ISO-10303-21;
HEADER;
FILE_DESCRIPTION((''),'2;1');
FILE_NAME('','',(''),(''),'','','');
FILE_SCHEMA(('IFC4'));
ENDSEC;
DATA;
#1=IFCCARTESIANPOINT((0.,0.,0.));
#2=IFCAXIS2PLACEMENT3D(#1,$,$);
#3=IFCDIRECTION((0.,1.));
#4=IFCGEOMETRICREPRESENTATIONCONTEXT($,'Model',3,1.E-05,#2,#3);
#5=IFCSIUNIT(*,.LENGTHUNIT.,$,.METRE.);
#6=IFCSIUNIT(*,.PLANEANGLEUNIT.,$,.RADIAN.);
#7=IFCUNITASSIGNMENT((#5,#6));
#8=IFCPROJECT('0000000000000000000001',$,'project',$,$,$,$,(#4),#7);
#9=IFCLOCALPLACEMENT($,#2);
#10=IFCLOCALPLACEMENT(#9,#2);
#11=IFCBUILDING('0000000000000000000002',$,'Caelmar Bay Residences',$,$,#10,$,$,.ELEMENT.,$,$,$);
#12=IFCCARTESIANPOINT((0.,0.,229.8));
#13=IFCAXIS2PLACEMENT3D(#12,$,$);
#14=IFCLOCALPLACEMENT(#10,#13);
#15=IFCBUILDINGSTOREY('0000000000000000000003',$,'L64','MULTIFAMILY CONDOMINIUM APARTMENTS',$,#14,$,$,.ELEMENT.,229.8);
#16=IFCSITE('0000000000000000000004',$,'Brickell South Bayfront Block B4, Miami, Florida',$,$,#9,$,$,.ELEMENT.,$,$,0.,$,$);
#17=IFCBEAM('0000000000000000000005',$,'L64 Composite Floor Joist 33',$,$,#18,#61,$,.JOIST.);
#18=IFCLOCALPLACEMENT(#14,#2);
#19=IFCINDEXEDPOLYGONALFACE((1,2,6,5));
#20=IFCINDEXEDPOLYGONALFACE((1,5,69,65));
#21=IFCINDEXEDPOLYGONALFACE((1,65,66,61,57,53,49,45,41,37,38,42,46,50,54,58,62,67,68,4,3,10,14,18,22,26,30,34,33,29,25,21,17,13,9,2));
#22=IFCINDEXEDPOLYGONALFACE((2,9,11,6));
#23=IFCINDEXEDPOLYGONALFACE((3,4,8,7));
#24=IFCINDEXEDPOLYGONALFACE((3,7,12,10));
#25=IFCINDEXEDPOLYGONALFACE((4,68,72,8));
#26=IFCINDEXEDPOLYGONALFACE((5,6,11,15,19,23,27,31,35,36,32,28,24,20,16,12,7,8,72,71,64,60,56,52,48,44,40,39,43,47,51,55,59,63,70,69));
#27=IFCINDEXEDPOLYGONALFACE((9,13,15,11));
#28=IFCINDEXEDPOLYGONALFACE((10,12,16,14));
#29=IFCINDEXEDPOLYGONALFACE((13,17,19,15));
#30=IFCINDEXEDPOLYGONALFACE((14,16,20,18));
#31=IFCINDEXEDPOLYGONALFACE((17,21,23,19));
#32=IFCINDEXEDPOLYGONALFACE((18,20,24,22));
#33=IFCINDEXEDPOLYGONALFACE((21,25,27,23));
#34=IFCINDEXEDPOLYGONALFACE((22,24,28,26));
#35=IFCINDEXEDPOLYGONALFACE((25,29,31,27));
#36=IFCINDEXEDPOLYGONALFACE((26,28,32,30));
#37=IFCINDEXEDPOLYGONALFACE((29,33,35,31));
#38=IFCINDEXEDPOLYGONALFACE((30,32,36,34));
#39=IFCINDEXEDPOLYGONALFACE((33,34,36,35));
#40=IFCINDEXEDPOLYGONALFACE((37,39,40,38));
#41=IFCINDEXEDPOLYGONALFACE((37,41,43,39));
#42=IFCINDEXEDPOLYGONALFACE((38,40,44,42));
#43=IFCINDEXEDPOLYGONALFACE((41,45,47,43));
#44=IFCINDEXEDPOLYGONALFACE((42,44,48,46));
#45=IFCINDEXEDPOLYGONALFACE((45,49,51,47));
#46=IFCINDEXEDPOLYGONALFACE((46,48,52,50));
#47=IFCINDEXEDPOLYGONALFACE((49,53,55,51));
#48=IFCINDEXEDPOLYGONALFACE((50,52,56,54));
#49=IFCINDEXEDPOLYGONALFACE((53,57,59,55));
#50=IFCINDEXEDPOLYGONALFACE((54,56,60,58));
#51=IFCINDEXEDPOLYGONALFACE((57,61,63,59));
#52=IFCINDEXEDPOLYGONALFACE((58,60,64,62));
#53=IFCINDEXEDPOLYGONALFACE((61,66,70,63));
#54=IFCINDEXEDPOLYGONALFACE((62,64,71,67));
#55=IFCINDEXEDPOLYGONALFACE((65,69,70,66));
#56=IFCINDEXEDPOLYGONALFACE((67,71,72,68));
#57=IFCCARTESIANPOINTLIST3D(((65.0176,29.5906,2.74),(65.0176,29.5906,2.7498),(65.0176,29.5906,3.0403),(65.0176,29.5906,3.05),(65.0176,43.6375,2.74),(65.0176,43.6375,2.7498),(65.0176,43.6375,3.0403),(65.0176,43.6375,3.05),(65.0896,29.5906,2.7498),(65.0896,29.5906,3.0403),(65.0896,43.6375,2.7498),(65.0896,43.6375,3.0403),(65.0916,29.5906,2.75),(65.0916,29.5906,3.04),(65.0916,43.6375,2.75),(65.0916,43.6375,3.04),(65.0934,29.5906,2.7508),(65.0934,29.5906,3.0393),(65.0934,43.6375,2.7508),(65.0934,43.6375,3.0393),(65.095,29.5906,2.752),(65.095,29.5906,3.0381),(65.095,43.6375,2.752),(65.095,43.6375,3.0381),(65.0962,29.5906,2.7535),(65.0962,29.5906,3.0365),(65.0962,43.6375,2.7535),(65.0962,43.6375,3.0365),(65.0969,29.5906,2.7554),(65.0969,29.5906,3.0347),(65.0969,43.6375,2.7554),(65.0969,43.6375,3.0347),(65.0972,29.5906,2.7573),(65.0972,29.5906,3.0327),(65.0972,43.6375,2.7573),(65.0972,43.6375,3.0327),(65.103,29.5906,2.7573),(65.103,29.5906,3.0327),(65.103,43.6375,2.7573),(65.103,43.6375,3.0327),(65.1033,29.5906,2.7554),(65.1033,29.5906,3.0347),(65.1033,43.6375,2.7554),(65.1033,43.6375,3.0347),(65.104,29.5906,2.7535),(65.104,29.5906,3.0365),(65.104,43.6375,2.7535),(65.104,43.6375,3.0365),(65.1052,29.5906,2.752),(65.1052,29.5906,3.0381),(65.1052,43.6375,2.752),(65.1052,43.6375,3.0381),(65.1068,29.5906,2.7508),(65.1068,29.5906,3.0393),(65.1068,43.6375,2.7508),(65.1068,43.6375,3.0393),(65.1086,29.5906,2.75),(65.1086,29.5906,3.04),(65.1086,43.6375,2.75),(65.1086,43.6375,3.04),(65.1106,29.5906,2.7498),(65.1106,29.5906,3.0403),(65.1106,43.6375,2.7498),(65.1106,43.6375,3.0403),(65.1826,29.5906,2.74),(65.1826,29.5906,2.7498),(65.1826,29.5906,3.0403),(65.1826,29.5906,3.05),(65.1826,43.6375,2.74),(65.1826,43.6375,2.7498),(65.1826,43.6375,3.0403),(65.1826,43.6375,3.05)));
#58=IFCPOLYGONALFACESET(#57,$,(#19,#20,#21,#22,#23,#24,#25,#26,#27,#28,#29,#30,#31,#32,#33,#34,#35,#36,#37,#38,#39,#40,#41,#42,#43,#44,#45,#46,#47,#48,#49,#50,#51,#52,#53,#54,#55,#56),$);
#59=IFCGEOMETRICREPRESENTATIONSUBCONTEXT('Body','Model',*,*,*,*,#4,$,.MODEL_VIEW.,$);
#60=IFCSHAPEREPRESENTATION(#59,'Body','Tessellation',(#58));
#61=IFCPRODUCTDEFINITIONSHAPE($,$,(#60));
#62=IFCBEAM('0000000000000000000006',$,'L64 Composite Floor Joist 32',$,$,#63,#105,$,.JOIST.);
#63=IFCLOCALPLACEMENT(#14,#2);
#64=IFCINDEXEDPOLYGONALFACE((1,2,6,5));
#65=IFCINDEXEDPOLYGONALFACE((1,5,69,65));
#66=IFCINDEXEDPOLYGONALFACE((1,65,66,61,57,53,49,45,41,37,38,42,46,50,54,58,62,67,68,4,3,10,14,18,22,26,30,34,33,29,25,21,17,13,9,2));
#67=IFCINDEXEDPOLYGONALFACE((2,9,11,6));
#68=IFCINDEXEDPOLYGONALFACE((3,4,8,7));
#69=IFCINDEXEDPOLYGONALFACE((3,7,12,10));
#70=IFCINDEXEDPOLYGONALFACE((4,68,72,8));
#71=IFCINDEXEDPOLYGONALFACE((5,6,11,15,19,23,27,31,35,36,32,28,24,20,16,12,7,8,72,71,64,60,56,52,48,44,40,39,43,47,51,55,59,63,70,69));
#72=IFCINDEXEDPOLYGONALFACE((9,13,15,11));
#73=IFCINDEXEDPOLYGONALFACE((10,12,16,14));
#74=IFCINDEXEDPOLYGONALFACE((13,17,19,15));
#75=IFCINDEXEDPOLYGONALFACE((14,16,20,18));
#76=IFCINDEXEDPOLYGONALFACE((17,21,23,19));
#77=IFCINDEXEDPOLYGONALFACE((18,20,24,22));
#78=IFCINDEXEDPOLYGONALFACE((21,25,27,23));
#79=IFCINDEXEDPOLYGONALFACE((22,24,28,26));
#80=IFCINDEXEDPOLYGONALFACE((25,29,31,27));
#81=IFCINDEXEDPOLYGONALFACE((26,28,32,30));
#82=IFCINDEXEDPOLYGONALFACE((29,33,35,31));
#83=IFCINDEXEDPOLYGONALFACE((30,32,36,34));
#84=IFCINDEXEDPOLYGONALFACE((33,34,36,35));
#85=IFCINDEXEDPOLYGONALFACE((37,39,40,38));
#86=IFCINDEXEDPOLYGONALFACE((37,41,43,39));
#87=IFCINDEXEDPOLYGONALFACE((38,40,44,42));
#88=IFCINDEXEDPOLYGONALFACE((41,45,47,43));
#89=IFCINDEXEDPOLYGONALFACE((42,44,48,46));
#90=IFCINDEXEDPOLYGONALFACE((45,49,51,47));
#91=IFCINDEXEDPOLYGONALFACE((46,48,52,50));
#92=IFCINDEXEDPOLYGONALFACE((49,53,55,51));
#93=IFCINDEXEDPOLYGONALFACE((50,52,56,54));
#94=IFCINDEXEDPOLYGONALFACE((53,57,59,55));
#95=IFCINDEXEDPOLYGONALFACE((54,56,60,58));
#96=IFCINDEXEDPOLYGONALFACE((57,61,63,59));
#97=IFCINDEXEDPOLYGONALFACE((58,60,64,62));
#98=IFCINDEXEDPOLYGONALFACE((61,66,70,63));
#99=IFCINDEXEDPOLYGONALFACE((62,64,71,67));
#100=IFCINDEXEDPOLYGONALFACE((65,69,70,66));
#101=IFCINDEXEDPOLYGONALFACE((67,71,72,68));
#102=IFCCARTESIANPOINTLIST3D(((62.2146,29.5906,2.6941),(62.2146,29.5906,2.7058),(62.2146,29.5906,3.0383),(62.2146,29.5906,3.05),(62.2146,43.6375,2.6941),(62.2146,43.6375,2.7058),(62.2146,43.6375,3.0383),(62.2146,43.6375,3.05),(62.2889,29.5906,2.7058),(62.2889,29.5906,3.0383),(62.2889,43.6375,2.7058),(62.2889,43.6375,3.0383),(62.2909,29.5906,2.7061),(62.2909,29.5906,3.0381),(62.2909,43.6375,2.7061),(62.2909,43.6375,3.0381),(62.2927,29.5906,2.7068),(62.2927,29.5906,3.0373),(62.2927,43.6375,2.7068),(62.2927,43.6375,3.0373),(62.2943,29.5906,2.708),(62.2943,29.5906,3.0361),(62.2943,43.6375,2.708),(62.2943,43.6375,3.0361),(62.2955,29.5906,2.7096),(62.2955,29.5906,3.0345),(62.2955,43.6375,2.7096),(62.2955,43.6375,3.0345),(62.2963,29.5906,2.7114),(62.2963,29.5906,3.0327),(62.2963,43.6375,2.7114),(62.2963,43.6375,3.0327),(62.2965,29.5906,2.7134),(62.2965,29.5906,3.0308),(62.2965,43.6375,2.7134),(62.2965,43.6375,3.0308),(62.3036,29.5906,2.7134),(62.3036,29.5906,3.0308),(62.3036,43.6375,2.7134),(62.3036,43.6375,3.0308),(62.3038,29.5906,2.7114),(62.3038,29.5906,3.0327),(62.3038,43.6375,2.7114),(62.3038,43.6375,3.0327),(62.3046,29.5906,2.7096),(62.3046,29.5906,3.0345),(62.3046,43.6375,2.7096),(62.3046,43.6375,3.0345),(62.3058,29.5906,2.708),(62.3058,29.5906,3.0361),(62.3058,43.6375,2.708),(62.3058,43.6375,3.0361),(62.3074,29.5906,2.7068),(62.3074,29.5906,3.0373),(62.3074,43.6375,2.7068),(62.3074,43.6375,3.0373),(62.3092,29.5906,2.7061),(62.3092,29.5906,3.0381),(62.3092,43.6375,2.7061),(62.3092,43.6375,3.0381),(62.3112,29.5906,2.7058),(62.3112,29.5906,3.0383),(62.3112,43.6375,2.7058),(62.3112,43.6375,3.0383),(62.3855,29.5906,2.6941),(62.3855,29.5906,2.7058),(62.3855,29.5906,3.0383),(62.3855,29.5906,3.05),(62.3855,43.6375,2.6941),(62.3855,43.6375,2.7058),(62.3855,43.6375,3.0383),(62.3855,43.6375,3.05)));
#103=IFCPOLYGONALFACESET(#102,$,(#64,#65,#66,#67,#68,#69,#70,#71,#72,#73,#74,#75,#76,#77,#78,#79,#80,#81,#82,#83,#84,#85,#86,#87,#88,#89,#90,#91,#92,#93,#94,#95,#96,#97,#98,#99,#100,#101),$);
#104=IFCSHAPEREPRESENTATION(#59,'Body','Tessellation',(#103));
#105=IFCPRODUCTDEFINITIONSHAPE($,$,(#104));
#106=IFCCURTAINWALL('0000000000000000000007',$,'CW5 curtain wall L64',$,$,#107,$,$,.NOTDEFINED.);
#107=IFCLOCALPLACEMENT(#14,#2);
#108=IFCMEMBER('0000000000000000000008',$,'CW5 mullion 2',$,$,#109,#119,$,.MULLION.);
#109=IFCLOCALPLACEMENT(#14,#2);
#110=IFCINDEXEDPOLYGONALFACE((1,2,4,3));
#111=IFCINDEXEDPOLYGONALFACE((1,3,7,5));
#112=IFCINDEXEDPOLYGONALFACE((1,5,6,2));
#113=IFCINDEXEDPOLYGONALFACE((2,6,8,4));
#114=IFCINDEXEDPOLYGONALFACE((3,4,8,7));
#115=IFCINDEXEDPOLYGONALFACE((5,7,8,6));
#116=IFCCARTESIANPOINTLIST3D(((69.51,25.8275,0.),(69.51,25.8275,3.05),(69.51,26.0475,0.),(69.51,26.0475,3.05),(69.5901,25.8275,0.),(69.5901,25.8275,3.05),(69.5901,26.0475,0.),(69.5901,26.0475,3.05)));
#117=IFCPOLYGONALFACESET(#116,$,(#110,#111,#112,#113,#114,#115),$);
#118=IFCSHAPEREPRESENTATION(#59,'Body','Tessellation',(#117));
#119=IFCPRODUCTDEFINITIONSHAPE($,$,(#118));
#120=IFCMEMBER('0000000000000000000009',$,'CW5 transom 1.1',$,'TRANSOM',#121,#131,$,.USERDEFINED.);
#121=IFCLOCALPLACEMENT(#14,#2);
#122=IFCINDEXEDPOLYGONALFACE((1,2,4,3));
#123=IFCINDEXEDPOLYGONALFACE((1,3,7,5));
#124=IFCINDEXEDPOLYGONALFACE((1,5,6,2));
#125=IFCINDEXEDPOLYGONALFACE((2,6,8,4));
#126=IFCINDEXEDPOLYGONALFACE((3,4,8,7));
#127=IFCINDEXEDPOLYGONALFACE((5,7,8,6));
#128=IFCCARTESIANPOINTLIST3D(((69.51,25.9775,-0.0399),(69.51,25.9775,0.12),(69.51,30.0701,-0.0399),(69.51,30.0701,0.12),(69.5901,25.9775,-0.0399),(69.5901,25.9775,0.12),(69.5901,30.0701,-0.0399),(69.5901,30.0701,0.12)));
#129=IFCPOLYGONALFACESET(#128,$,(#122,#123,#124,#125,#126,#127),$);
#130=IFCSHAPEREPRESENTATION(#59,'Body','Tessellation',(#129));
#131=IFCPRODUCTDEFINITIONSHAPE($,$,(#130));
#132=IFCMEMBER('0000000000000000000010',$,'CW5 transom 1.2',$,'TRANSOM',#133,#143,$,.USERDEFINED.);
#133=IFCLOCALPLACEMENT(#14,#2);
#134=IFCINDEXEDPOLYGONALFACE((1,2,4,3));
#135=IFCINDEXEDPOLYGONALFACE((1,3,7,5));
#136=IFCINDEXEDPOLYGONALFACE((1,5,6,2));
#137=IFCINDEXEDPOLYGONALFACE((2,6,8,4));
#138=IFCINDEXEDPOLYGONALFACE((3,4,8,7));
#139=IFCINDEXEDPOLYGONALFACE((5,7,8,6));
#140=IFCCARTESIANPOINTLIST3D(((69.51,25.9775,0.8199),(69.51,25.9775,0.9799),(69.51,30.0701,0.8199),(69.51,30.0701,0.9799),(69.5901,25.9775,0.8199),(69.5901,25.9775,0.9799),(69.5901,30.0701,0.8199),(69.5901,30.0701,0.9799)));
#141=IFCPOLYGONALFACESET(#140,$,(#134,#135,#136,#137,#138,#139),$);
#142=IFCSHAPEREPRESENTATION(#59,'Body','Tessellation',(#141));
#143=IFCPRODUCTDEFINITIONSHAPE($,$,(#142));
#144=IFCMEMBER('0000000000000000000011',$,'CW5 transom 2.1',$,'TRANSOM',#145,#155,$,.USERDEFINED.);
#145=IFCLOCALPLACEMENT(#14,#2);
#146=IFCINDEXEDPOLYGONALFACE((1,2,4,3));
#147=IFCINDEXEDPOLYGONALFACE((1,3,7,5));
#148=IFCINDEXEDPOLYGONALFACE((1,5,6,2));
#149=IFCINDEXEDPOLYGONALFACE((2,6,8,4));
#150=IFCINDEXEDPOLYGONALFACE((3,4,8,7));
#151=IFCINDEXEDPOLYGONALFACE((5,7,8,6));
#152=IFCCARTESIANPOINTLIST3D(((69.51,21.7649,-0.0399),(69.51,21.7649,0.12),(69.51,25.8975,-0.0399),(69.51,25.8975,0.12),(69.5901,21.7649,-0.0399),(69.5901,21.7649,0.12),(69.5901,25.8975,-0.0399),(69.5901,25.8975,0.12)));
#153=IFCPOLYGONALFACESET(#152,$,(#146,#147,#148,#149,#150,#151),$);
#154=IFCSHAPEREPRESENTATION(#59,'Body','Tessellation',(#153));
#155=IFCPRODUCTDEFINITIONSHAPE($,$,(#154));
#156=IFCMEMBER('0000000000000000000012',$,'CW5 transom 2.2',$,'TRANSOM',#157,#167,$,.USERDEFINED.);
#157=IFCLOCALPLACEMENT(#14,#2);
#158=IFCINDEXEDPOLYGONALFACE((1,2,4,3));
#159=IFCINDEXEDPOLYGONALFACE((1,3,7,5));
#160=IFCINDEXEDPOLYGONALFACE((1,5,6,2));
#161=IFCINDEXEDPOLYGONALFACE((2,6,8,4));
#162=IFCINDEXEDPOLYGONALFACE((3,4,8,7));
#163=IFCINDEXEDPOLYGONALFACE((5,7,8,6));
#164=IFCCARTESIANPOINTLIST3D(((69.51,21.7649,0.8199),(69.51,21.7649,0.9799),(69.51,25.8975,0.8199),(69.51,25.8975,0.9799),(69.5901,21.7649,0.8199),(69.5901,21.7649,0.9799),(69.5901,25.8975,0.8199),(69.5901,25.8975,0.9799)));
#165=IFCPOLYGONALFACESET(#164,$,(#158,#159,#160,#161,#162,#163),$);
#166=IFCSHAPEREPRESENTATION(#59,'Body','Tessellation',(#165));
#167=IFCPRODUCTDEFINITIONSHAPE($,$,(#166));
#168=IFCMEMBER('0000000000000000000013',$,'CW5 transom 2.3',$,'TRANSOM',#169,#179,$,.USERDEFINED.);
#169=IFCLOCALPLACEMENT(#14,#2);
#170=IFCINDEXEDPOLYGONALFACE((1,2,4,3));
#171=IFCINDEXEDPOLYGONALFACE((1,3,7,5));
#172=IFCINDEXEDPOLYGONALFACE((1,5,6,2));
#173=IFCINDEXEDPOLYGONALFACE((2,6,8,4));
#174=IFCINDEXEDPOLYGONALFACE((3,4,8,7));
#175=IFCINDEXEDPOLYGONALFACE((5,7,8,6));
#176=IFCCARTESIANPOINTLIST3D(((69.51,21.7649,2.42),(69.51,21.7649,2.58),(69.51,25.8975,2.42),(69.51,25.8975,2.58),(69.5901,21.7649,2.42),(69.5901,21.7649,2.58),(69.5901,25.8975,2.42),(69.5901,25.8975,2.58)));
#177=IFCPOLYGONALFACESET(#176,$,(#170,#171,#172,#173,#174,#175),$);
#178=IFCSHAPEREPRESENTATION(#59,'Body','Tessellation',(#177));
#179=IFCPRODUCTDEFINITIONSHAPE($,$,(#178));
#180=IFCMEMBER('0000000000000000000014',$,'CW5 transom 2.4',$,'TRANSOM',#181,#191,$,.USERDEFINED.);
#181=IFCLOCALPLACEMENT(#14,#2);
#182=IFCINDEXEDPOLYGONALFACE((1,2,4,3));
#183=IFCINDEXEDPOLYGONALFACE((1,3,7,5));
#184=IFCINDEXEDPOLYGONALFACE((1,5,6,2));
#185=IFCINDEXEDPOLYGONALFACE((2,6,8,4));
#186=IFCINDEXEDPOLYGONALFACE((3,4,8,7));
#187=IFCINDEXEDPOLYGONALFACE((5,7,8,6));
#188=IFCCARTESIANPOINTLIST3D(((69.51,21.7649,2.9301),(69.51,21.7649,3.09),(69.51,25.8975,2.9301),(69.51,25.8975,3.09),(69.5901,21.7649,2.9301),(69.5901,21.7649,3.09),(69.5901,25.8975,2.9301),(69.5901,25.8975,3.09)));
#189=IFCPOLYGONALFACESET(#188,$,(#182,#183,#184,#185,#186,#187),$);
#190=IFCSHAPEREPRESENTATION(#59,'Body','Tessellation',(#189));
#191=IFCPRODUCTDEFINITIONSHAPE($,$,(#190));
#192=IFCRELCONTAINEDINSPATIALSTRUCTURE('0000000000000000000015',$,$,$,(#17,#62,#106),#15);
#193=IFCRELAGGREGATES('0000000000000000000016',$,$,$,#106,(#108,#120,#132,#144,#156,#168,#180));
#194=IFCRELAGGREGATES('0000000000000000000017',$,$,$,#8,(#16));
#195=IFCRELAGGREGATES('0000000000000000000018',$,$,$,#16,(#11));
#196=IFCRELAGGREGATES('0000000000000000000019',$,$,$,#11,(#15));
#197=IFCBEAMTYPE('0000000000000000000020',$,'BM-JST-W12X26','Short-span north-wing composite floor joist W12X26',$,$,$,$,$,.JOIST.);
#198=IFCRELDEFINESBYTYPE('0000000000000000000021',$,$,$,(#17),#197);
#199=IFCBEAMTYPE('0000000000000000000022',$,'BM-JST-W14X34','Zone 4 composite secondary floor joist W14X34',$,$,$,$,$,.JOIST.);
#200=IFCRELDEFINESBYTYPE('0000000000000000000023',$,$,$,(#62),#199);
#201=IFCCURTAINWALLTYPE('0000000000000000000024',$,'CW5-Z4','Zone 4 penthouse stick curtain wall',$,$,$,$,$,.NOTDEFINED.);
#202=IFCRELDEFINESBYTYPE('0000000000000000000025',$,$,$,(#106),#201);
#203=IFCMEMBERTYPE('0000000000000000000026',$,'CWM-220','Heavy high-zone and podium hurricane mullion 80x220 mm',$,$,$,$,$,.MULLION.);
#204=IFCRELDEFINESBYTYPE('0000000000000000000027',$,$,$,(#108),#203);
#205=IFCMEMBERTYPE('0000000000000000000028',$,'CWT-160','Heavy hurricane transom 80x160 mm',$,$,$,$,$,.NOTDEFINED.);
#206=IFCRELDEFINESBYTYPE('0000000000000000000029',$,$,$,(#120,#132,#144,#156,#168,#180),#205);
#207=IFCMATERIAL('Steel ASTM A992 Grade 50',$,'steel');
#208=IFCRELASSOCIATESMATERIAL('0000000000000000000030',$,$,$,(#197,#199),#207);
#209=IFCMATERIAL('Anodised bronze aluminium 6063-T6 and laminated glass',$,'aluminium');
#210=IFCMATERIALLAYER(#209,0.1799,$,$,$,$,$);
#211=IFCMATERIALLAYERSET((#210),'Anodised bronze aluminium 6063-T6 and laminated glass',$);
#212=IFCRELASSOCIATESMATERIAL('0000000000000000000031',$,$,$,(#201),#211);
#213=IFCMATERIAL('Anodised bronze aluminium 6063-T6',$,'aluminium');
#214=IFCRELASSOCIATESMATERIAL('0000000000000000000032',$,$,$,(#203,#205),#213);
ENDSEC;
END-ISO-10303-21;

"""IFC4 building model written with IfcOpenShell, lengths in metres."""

from ifc_helpers import new_model, si_unit, direction, frame, origin, origin_2d, place, context, subcontext, project, spatial, rectangle, i_section, extrude, material, layer, layer_set, material_profile, profile_set, type_object, element, aggregate, save


model = new_model("IFC4")

# Units and contexts
model_context = context("Model", 3, precision=1e-05, world=origin(), true_north=direction((0.0, 1.0)))
body_context = subcontext(model_context, "Body", "Model", "MODEL_VIEW")
ifc_project = project(units=[si_unit("LENGTHUNIT", "METRE"), si_unit("PLANEANGLEUNIT", "RADIAN")], contexts=[model_context])

# Site, building, storey
site_placement = place(None, origin())
site = spatial("IfcSite", under=ifc_project, at=site_placement, Name="Brickell South Bayfront Block B4, Miami, Florida", CompositionType="ELEMENT", RefElevation=0.0)
building_placement = place(site_placement, origin())
building = spatial("IfcBuilding", under=site, at=building_placement, Name="Caelmar Bay Residences", CompositionType="ELEMENT")
storey_placement = place(building_placement, frame((0.0, 0.0, 229.8)))
storey = spatial("IfcBuildingStorey", under=building, at=storey_placement, Name="L64", Description="MULTIFAMILY CONDOMINIUM APARTMENTS", CompositionType="ELEMENT", Elevation=229.8)

# Beams
ifc_material_1 = material(Name="Steel ASTM A992 Grade 50", Category="steel")
ifc_material_profile_1 = material_profile(ifc_material_1, i_section(OverallWidth=0.165, OverallDepth=0.3101, WebThickness=0.0059, FlangeThickness=0.0098, FilletRadius=0.0076, at=origin_2d()), Name="W12X26")
ifc_profile_set_1 = profile_set([ifc_material_profile_1], Name="Steel ASTM A992 Grade 50")
beam_type_1 = type_object("IfcBeamType", Name="BM-JST-W12X26", Description="Short-span north-wing composite floor joist W12X26", PredefinedType="JOIST", material=ifc_profile_set_1)
beam_1_placement = place(storey_placement, frame((65.1001, 29.5906, 2.895), z_axis=(0.0, 1.0, 0.0), x_axis=(-1.0, 0.0, 0.0)))
element("IfcBeam", 1, at=beam_1_placement, inside=storey, type_object=beam_type_1, Name="L64 Composite Floor Joist 33", PredefinedType="JOIST", context=body_context, shape_type="SweptSolid", body=[
    extrude(i_section(OverallWidth=0.165, OverallDepth=0.3101, WebThickness=0.0059, FlangeThickness=0.0098, FilletRadius=0.0076, at=origin_2d()), origin(), (0.0, 0.0, 1.0), 14.0469),
])
ifc_material_profile_2 = material_profile(ifc_material_1, i_section(OverallWidth=0.1709, OverallDepth=0.356, WebThickness=0.0071, FlangeThickness=0.0117, FilletRadius=0.0076, at=origin_2d()), Name="W14X34")
ifc_profile_set_2 = profile_set([ifc_material_profile_2], Name="Steel ASTM A992 Grade 50")
beam_type_2 = type_object("IfcBeamType", Name="BM-JST-W14X34", Description="Zone 4 composite secondary floor joist W14X34", PredefinedType="JOIST", material=ifc_profile_set_2)
beam_2_placement = place(storey_placement, frame((62.3, 29.5906, 2.8721), z_axis=(0.0, 1.0, 0.0), x_axis=(-1.0, 0.0, 0.0)))
element("IfcBeam", 2, at=beam_2_placement, inside=storey, type_object=beam_type_2, Name="L64 Composite Floor Joist 32", PredefinedType="JOIST", context=body_context, shape_type="SweptSolid", body=[
    extrude(i_section(OverallWidth=0.1709, OverallDepth=0.356, WebThickness=0.0071, FlangeThickness=0.0117, FilletRadius=0.0076, at=origin_2d()), origin(), (0.0, 0.0, 1.0), 14.0469),
])

# Curtain wall, members
ifc_material_2 = material(Name="Anodised bronze aluminium 6063-T6 and laminated glass", Category="aluminium")
ifc_layer_1 = layer(ifc_material_2, 0.1799)
ifc_layer_set_1 = layer_set([ifc_layer_1], Name="Anodised bronze aluminium 6063-T6 and laminated glass")
curtain_wall_type = type_object("IfcCurtainWallType", Name="CW5-Z4", Description="Zone 4 penthouse stick curtain wall", PredefinedType="NOTDEFINED", material=ifc_layer_set_1)
curtain_wall_placement = place(storey_placement, origin())
curtain_wall = element("IfcCurtainWall", 3, at=curtain_wall_placement, inside=storey, type_object=curtain_wall_type, Name="CW5 curtain wall L64", PredefinedType="NOTDEFINED")
ifc_material_3 = material(Name="Anodised bronze aluminium 6063-T6", Category="aluminium")
ifc_material_profile_3 = material_profile(ifc_material_3, rectangle(XDim=0.0801, YDim=0.22, at=origin_2d()), Name="CWM-80X220")
ifc_profile_set_3 = profile_set([ifc_material_profile_3], Name="Anodised bronze aluminium 6063-T6")
member_type_1 = type_object("IfcMemberType", Name="CWM-220", Description="Heavy high-zone and podium hurricane mullion 80x220 mm", PredefinedType="MULLION", material=ifc_profile_set_3)
member_1_placement = place(storey_placement, frame((69.55, 25.9375, 0.0), z_axis=(0.0, 0.0, 1.0), x_axis=(1.0, 0.0, 0.0)))
member_1 = element("IfcMember", 4, at=member_1_placement, type_object=member_type_1, Name="CW5 mullion 2", PredefinedType="MULLION", context=body_context, shape_type="SweptSolid", body=[
    extrude(rectangle(XDim=0.0801, YDim=0.22, at=origin_2d()), origin(), (0.0, 0.0, 1.0), 3.05),
])
ifc_material_profile_4 = material_profile(ifc_material_3, rectangle(XDim=0.0801, YDim=0.1599, at=origin_2d()), Name="CWT-80X160")
ifc_profile_set_4 = profile_set([ifc_material_profile_4], Name="Anodised bronze aluminium 6063-T6")
member_type_2 = type_object("IfcMemberType", Name="CWT-160", Description="Heavy hurricane transom 80x160 mm", PredefinedType="NOTDEFINED", material=ifc_profile_set_4)
member_2_placement = place(storey_placement, frame((69.55, 30.0701, 0.04), z_axis=(0.0, -1.0, 0.0), x_axis=(1.0, 0.0, 0.0)))
member_2 = element("IfcMember", 5, at=member_2_placement, type_object=member_type_2, Name="CW5 transom 1.1", ObjectType="TRANSOM", PredefinedType="USERDEFINED", context=body_context, shape_type="SweptSolid", body=[
    extrude(rectangle(XDim=0.0801, YDim=0.1599, at=origin_2d()), origin(), (0.0, 0.0, 1.0), 4.0925),
])
member_3_placement = place(storey_placement, frame((69.55, 30.0701, 0.8999), z_axis=(0.0, -1.0, 0.0), x_axis=(1.0, 0.0, 0.0)))
member_3 = element("IfcMember", 6, at=member_3_placement, type_object=member_type_2, Name="CW5 transom 1.2", ObjectType="TRANSOM", PredefinedType="USERDEFINED", context=body_context, shape_type="SweptSolid", body=[
    extrude(rectangle(XDim=0.0801, YDim=0.1599, at=origin_2d()), origin(), (0.0, 0.0, 1.0), 4.0925),
])
member_4_placement = place(storey_placement, frame((69.55, 25.8975, 0.04), z_axis=(0.0, -1.0, 0.0), x_axis=(1.0, 0.0, 0.0)))
member_4 = element("IfcMember", 7, at=member_4_placement, type_object=member_type_2, Name="CW5 transom 2.1", ObjectType="TRANSOM", PredefinedType="USERDEFINED", context=body_context, shape_type="SweptSolid", body=[
    extrude(rectangle(XDim=0.0801, YDim=0.1599, at=origin_2d()), origin(), (0.0, 0.0, 1.0), 4.1326),
])
member_5_placement = place(storey_placement, frame((69.55, 25.8975, 0.8999), z_axis=(0.0, -1.0, 0.0), x_axis=(1.0, 0.0, 0.0)))
member_5 = element("IfcMember", 8, at=member_5_placement, type_object=member_type_2, Name="CW5 transom 2.2", ObjectType="TRANSOM", PredefinedType="USERDEFINED", context=body_context, shape_type="SweptSolid", body=[
    extrude(rectangle(XDim=0.0801, YDim=0.1599, at=origin_2d()), origin(), (0.0, 0.0, 1.0), 4.1326),
])
member_6_placement = place(storey_placement, frame((69.55, 25.8975, 2.5), z_axis=(0.0, -1.0, 0.0), x_axis=(1.0, 0.0, 0.0)))
member_6 = element("IfcMember", 9, at=member_6_placement, type_object=member_type_2, Name="CW5 transom 2.3", ObjectType="TRANSOM", PredefinedType="USERDEFINED", context=body_context, shape_type="SweptSolid", body=[
    extrude(rectangle(XDim=0.0801, YDim=0.1599, at=origin_2d()), origin(), (0.0, 0.0, 1.0), 4.1326),
])
member_7_placement = place(storey_placement, frame((69.55, 25.8975, 3.01), z_axis=(0.0, -1.0, 0.0), x_axis=(1.0, 0.0, 0.0)))
member_7 = element("IfcMember", 10, at=member_7_placement, type_object=member_type_2, Name="CW5 transom 2.4", ObjectType="TRANSOM", PredefinedType="USERDEFINED", context=body_context, shape_type="SweptSolid", body=[
    extrude(rectangle(XDim=0.0801, YDim=0.1599, at=origin_2d()), origin(), (0.0, 0.0, 1.0), 4.1326),
])
aggregate(curtain_wall, [member_1, member_2, member_3, member_4, member_5, member_6, member_7])

save(model, "model.ifc")
